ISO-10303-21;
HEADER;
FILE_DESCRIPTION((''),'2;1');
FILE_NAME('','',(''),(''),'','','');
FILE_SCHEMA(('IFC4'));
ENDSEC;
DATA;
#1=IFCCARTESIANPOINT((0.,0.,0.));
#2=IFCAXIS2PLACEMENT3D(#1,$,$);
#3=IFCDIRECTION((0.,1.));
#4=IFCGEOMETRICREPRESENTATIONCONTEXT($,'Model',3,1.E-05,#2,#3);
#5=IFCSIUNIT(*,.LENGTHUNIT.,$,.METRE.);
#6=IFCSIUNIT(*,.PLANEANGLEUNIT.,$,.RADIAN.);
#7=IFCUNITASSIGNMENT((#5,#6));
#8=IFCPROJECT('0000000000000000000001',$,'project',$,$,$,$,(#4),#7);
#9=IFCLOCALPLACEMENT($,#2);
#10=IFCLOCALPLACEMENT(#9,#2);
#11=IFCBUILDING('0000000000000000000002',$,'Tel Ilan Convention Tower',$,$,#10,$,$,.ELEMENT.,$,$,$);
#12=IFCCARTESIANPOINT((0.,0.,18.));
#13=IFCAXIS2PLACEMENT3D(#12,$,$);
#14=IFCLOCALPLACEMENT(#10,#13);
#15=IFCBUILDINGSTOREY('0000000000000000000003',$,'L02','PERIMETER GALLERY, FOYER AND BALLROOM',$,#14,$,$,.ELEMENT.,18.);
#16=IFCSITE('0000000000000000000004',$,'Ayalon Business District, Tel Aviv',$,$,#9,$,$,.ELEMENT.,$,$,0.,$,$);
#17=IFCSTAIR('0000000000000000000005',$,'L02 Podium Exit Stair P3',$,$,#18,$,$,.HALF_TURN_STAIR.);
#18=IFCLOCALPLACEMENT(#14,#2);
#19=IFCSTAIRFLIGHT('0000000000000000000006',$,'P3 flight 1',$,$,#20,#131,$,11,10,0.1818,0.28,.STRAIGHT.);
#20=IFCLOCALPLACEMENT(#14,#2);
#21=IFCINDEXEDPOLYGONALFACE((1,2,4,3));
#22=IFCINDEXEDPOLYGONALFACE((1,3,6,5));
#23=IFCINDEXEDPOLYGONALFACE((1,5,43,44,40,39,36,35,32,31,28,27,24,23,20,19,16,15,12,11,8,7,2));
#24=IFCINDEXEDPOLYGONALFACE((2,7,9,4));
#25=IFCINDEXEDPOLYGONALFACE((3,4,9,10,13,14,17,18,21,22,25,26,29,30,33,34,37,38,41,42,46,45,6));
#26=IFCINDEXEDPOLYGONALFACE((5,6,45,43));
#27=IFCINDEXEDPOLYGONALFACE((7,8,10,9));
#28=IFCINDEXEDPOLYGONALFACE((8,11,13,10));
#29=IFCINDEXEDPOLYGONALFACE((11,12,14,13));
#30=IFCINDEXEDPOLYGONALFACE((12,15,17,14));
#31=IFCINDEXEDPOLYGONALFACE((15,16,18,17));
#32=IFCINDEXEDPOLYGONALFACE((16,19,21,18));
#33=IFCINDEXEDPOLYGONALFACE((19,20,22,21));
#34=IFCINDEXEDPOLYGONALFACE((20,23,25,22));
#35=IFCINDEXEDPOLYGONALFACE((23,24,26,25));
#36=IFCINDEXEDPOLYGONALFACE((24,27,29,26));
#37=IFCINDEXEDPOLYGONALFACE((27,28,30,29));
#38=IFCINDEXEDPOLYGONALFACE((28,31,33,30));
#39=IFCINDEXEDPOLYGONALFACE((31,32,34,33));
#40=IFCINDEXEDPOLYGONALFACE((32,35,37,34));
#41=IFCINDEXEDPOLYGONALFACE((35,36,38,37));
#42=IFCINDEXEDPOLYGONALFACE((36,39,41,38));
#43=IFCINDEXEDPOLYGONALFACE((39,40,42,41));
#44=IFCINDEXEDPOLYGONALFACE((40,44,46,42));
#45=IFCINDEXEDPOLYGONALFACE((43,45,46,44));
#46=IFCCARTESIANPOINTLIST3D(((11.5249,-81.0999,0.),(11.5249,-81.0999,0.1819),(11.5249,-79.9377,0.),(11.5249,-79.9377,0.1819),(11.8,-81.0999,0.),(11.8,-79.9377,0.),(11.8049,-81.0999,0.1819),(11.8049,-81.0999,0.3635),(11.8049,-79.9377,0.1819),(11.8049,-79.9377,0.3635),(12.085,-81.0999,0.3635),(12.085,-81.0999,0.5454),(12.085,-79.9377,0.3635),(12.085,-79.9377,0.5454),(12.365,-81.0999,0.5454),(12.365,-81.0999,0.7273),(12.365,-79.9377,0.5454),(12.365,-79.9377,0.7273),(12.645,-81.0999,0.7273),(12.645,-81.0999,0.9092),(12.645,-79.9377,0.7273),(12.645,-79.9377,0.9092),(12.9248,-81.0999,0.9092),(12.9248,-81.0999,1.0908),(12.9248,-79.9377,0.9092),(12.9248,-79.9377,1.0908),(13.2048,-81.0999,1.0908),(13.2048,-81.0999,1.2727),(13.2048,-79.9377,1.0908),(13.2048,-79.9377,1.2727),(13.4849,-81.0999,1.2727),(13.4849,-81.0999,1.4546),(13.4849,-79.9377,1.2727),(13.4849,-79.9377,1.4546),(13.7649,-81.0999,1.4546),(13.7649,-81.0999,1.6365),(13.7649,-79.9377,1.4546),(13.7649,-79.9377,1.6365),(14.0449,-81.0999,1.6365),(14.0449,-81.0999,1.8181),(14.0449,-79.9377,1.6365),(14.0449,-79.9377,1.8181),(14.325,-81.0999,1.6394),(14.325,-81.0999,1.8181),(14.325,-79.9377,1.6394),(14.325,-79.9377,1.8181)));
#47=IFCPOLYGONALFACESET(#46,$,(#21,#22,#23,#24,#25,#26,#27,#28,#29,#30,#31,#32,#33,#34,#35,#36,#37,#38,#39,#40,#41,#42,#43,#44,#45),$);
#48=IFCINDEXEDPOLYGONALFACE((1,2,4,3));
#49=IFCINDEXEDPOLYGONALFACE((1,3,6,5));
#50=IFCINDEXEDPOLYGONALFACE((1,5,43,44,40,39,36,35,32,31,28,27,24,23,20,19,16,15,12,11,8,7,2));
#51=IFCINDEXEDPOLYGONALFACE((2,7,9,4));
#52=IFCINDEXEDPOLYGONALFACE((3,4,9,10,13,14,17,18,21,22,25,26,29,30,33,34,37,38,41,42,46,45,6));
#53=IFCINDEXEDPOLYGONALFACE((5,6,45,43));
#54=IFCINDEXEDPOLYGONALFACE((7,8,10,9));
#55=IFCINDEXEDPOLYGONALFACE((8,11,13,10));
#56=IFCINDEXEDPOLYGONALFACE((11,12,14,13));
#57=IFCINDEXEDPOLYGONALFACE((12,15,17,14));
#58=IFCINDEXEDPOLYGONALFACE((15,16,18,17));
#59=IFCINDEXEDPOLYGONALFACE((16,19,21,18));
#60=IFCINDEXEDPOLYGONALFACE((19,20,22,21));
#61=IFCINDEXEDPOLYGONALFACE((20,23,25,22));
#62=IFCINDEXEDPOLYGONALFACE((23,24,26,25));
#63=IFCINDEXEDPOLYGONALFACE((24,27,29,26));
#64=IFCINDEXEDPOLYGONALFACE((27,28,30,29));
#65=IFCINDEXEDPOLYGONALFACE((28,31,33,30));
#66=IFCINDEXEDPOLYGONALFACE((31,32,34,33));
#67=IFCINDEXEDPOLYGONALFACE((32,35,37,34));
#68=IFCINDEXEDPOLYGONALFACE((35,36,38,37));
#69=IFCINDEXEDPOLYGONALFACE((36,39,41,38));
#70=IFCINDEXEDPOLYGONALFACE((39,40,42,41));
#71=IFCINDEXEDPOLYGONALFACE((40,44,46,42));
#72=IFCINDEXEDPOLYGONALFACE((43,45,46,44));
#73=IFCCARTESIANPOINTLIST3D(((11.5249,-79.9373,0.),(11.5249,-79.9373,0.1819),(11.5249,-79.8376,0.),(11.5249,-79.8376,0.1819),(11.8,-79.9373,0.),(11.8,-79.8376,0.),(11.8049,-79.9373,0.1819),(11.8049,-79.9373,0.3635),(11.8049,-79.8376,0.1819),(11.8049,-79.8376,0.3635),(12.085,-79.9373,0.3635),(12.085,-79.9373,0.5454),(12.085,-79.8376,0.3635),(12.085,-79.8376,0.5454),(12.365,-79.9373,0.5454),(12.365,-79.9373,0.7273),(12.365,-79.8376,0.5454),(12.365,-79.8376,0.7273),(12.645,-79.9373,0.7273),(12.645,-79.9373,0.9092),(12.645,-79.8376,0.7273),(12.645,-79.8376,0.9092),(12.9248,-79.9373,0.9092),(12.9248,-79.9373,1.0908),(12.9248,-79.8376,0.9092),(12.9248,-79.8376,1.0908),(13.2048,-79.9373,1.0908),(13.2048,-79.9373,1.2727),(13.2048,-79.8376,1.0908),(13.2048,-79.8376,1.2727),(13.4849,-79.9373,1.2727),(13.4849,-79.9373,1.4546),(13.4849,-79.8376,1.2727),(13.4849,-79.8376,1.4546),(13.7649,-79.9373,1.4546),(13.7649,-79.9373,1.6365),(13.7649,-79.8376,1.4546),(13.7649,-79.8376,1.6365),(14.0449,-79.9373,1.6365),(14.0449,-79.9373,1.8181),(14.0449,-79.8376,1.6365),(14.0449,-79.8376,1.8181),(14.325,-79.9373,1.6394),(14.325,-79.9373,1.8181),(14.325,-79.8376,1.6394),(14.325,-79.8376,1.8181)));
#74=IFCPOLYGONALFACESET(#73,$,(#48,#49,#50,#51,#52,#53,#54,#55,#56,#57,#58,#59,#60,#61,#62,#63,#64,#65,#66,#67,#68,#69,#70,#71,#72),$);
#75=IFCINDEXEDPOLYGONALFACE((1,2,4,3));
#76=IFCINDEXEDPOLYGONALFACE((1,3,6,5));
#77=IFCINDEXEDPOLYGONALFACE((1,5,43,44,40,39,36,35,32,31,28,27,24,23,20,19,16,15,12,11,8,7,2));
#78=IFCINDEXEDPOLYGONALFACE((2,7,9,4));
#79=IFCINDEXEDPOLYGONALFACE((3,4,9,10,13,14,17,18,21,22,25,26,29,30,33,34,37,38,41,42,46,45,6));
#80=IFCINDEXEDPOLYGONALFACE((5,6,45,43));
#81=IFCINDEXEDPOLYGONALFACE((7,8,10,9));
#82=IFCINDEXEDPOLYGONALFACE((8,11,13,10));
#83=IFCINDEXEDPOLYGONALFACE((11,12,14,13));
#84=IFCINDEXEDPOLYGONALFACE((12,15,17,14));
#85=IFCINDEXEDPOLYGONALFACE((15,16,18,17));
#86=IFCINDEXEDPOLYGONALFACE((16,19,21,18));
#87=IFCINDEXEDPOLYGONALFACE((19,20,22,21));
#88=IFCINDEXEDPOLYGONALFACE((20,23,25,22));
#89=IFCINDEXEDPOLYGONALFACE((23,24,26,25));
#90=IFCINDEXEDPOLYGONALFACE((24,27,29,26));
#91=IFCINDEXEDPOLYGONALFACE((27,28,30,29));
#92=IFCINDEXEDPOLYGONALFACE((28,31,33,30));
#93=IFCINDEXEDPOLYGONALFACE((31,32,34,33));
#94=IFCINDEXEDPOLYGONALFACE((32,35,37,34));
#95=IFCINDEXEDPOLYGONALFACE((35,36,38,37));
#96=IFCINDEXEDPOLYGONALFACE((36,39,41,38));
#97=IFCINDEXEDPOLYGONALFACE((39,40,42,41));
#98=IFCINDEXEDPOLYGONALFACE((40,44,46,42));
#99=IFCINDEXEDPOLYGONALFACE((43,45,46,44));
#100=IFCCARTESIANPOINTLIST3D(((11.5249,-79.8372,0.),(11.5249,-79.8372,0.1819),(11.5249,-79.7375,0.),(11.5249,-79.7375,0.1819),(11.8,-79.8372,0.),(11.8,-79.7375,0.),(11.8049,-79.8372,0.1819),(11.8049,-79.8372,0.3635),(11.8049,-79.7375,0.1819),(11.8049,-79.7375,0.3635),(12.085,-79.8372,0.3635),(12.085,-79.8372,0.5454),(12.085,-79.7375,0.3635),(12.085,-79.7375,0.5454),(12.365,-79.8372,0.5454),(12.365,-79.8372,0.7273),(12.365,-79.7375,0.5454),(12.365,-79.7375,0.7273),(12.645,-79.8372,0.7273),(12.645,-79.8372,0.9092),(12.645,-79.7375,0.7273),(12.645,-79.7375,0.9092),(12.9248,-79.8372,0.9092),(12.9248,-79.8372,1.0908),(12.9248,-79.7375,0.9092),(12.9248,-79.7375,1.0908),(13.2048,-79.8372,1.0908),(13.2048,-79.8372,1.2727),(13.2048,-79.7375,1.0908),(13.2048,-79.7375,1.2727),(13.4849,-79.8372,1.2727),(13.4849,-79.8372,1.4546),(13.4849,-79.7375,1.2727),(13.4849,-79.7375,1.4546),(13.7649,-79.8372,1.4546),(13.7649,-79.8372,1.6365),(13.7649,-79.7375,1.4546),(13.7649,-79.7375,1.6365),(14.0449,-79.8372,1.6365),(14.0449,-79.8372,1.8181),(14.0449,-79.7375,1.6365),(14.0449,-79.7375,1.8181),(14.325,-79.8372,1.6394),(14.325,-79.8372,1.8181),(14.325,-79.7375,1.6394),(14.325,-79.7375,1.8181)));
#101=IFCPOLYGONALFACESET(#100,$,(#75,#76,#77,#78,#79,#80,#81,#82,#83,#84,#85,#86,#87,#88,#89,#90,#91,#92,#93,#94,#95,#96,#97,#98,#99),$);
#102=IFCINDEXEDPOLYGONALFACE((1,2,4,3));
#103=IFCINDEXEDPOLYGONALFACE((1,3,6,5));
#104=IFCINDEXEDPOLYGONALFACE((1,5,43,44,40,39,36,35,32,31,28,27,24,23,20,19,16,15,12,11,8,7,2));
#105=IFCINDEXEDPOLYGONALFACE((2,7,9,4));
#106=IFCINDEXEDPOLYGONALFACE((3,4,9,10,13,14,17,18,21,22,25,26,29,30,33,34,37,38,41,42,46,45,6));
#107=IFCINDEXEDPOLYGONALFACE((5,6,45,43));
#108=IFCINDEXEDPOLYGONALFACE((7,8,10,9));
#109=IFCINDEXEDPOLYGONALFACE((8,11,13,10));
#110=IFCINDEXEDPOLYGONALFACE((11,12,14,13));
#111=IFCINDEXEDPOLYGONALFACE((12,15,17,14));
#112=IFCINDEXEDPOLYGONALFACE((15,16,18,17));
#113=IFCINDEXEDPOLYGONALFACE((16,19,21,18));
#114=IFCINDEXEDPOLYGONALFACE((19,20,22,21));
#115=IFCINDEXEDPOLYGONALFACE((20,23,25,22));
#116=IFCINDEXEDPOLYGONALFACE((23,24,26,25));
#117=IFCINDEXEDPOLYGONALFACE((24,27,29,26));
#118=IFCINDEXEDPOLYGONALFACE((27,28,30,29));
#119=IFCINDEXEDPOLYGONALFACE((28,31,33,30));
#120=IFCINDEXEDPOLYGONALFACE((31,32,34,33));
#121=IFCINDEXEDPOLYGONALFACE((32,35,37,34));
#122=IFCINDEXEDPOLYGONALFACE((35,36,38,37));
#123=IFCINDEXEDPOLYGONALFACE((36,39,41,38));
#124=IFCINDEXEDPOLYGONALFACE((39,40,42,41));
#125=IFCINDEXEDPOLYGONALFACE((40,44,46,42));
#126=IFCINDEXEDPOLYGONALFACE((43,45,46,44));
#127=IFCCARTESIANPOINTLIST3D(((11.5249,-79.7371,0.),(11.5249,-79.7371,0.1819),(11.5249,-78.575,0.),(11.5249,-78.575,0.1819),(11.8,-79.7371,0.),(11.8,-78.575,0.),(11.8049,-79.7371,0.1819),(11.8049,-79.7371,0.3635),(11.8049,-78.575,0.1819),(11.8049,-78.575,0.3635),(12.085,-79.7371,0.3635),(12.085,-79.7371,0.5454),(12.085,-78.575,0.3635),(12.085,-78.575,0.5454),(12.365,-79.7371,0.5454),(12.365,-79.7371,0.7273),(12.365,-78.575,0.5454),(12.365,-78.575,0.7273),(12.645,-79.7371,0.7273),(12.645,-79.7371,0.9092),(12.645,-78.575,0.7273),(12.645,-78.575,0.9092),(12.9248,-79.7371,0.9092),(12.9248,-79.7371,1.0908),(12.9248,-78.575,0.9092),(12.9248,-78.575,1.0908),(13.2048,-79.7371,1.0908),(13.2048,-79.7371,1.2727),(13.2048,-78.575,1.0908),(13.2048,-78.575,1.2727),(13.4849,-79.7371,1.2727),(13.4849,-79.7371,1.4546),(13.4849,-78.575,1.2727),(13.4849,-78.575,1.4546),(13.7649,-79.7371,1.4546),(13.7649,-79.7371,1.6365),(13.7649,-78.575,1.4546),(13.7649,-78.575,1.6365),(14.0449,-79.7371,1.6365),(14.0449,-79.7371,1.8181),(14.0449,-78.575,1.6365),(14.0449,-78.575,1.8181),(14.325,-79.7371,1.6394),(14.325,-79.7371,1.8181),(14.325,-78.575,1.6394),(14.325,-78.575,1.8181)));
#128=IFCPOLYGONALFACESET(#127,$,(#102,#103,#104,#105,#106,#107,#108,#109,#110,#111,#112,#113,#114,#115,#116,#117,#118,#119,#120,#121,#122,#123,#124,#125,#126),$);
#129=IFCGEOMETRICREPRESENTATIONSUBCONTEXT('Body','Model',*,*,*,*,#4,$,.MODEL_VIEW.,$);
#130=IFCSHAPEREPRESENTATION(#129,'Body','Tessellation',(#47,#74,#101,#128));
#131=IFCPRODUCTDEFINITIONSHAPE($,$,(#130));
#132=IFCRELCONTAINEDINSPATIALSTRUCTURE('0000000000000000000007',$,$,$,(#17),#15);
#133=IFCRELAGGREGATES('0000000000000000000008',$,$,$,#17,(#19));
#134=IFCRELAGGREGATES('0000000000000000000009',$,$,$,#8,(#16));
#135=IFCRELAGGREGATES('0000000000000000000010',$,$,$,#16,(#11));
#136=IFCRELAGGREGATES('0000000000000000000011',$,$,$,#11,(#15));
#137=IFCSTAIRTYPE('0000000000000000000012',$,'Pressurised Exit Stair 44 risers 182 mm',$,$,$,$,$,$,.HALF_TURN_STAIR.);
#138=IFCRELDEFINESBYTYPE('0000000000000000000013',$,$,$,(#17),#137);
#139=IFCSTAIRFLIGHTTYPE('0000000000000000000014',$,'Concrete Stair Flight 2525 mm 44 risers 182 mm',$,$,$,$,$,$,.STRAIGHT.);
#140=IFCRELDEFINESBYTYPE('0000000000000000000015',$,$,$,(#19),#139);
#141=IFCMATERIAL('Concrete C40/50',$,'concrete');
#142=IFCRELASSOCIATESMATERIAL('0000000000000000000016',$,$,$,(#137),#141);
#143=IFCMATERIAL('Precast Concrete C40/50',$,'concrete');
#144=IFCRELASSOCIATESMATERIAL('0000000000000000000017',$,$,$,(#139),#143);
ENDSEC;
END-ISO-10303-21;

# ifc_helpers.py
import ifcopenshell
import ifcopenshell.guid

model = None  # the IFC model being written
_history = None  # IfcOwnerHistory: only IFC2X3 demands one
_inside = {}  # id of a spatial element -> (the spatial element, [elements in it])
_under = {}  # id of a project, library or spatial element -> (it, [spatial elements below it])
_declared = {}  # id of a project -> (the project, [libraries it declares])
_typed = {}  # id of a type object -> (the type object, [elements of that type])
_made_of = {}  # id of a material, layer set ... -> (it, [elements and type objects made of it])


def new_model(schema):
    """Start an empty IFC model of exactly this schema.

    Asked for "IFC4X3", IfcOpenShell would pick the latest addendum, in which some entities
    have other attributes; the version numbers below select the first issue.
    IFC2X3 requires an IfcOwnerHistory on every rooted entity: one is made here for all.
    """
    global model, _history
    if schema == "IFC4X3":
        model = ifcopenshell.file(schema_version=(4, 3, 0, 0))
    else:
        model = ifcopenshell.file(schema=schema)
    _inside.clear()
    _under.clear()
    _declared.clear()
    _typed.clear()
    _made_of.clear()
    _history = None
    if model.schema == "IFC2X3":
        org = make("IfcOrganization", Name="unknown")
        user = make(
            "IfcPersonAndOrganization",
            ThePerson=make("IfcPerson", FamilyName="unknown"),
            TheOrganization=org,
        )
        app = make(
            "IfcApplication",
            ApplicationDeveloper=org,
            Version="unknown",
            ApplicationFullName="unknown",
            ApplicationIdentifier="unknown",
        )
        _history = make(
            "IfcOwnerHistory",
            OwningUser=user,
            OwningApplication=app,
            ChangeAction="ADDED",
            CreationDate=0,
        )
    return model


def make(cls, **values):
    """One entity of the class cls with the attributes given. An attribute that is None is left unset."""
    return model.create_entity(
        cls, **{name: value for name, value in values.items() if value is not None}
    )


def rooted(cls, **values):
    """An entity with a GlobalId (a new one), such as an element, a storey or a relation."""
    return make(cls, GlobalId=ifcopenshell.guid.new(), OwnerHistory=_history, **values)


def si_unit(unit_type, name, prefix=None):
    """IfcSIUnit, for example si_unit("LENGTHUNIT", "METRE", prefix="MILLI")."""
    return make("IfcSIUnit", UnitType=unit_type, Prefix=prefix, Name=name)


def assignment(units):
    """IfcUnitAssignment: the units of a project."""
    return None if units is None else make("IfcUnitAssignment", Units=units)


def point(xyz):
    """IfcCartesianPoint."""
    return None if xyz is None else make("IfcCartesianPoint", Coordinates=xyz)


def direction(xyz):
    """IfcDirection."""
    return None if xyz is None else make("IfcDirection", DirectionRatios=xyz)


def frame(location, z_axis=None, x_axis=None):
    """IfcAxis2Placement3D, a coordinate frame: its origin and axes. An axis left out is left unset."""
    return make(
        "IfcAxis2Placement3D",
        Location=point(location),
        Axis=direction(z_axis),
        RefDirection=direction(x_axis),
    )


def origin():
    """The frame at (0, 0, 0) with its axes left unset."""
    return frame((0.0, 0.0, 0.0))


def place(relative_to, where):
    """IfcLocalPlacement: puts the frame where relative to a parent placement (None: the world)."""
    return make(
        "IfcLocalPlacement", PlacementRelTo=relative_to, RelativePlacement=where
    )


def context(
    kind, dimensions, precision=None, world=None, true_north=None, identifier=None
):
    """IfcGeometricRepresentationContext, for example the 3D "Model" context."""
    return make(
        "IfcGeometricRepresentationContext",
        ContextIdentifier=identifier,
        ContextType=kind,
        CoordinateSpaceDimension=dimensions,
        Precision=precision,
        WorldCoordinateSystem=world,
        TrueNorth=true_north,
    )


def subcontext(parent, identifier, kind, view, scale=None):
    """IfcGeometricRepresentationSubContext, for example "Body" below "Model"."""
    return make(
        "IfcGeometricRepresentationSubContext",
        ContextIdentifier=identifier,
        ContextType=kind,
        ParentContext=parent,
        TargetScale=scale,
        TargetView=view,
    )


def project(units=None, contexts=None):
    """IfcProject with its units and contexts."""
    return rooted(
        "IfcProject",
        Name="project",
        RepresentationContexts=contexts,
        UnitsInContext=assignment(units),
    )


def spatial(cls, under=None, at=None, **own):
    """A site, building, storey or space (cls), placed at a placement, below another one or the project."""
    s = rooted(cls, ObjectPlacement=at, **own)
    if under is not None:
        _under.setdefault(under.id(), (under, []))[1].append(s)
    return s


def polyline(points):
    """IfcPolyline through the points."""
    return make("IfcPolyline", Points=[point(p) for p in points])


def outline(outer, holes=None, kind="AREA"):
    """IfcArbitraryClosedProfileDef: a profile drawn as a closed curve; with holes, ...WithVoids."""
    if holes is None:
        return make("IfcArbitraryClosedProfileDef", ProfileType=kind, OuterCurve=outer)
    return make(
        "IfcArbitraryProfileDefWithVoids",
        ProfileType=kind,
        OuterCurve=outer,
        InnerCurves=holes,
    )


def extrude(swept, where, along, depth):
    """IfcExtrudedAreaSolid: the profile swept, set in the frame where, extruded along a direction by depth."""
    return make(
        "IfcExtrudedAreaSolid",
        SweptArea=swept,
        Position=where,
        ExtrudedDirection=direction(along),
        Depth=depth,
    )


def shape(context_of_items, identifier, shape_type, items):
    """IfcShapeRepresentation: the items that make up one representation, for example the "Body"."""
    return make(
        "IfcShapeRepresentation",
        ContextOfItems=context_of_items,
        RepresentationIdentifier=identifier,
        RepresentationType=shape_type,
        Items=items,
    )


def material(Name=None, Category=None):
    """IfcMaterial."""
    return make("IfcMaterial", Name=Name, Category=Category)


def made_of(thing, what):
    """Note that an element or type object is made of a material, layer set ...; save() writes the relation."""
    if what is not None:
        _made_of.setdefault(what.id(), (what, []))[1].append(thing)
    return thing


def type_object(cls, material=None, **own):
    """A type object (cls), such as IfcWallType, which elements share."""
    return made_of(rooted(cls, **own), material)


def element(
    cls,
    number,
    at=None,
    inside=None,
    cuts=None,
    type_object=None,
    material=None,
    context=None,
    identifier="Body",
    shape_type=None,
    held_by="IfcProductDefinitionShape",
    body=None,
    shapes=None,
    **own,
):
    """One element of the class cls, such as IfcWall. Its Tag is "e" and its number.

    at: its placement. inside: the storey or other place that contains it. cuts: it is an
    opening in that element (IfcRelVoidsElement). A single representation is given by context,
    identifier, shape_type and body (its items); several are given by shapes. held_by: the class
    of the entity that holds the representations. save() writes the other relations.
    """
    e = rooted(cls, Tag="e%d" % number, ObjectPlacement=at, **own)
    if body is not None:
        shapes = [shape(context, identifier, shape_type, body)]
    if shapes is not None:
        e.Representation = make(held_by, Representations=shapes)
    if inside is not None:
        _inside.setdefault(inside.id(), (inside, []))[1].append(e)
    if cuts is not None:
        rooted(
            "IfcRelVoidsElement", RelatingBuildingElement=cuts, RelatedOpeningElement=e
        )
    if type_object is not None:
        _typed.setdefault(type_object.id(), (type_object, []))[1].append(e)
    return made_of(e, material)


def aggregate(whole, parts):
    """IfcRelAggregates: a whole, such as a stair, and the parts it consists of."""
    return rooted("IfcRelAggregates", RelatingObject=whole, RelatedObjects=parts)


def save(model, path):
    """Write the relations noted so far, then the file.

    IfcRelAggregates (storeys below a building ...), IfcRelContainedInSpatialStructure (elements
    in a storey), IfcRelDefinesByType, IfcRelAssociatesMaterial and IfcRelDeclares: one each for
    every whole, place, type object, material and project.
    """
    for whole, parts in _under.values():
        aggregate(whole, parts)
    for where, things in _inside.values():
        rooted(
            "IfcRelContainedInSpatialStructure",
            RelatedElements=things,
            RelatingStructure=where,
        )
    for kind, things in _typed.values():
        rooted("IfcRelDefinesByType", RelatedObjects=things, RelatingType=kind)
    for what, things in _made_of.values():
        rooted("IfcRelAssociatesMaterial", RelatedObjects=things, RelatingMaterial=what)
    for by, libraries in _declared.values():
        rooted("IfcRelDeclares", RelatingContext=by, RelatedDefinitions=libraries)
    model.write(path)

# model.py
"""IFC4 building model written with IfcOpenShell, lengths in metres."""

from ifc_helpers import new_model, si_unit, direction, frame, origin, place, context, subcontext, project, spatial, polyline, outline, extrude, material, type_object, element, aggregate, save


model = new_model("IFC4")

# Units and contexts
model_context = context("Model", 3, precision=1e-05, world=origin(), true_north=direction((0.0, 1.0)))
body_context = subcontext(model_context, "Body", "Model", "MODEL_VIEW")
ifc_project = project(units=[si_unit("LENGTHUNIT", "METRE"), si_unit("PLANEANGLEUNIT", "RADIAN")], contexts=[model_context])

# Site, building, storey
site_placement = place(None, origin())
site = spatial("IfcSite", under=ifc_project, at=site_placement, Name="Ayalon Business District, Tel Aviv", CompositionType="ELEMENT", RefElevation=0.0)
building_placement = place(site_placement, origin())
building = spatial("IfcBuilding", under=site, at=building_placement, Name="Tel Ilan Convention Tower", CompositionType="ELEMENT")
storey_placement = place(building_placement, frame((0.0, 0.0, 18.0)))
storey = spatial("IfcBuildingStorey", under=building, at=storey_placement, Name="L02", Description="PERIMETER GALLERY, FOYER AND BALLROOM", CompositionType="ELEMENT", Elevation=18.0)

# Stair, stair flight
ifc_material_1 = material(Name="Concrete C40/50", Category="concrete")
stair_type = type_object("IfcStairType", Name="Pressurised Exit Stair 44 risers 182 mm", PredefinedType="HALF_TURN_STAIR", material=ifc_material_1)
stair_placement = place(storey_placement, origin())
stair = element("IfcStair", 1, at=stair_placement, inside=storey, type_object=stair_type, Name="L02 Podium Exit Stair P3", PredefinedType="HALF_TURN_STAIR")
ifc_material_2 = material(Name="Precast Concrete C40/50", Category="concrete")
stair_flight_type = type_object("IfcStairFlightType", Name="Concrete Stair Flight 2525 mm 44 risers 182 mm", PredefinedType="STRAIGHT", material=ifc_material_2)
stair_flight_placement = place(storey_placement, frame((11.5249, -79.8374, 0.0), z_axis=(0.0, 0.0, 1.0), x_axis=(1.0, 0.0, 0.0)))
stair_flight = element("IfcStairFlight", 2, at=stair_flight_placement, type_object=stair_flight_type, Name="P3 flight 1", NumberOfRisers=11, NumberOfTreads=10, PredefinedType="STRAIGHT", RiserHeight=0.1818, TreadLength=0.28, context=body_context, shape_type="SweptSolid", body=[
    extrude(outline(polyline([(0.0, 0.0), (0.0, 0.1819), (0.28, 0.1819), (0.28, 0.3635), (0.5601, 0.3635), (0.5601, 0.5454), (0.8401, 0.5454), (0.8401, 0.7273), (1.1201, 0.7273), (1.1201, 0.9092), (1.3999, 0.9092), (1.3999, 1.0908), (1.6799, 1.0908), (1.6799, 1.2727), (1.96, 1.2727), (1.96, 1.4546), (2.24, 1.4546), (2.24, 1.6365), (2.52, 1.6365), (2.52, 1.8181), (2.8, 1.8181), (2.8, 2.0), (2.8, 1.6394), (0.2751, 0.0), (0.0, 0.0)])), frame((0.0, -0.1003, 0.0), z_axis=(0.0, -1.0, 0.0), x_axis=(1.0, 0.0, 0.0)), (0.0, 0.0, 1.0), 1.1621),
    extrude(outline(polyline([(0.0, 0.0), (0.0, 0.1819), (0.28, 0.1819), (0.28, 0.3635), (0.5601, 0.3635), (0.5601, 0.5454), (0.8401, 0.5454), (0.8401, 0.7273), (1.1201, 0.7273), (1.1201, 0.9092), (1.3999, 0.9092), (1.3999, 1.0908), (1.6799, 1.0908), (1.6799, 1.2727), (1.96, 1.2727), (1.96, 1.4546), (2.24, 1.4546), (2.24, 1.6365), (2.52, 1.6365), (2.52, 1.8181), (2.8, 1.8181), (2.8, 2.0), (2.8, 1.6394), (0.2751, 0.0), (0.0, 0.0)])), frame((0.0, -0.0002, 0.0), z_axis=(0.0, -1.0, 0.0), x_axis=(1.0, 0.0, 0.0)), (0.0, 0.0, 1.0), 0.0996),
    extrude(outline(polyline([(0.0, 0.0), (0.0, 0.1819), (0.28, 0.1819), (0.28, 0.3635), (0.5601, 0.3635), (0.5601, 0.5454), (0.8401, 0.5454), (0.8401, 0.7273), (1.1201, 0.7273), (1.1201, 0.9092), (1.3999, 0.9092), (1.3999, 1.0908), (1.6799, 1.0908), (1.6799, 1.2727), (1.96, 1.2727), (1.96, 1.4546), (2.24, 1.4546), (2.24, 1.6365), (2.52, 1.6365), (2.52, 1.8181), (2.8, 1.8181), (2.8, 2.0), (2.8, 1.6394), (0.2751, 0.0), (0.0, 0.0)])), frame((0.0, 0.0999, 0.0), z_axis=(0.0, -1.0, 0.0), x_axis=(1.0, 0.0, 0.0)), (0.0, 0.0, 1.0), 0.0996),
    extrude(outline(polyline([(0.0, 0.0), (0.0, 0.1819), (0.28, 0.1819), (0.28, 0.3635), (0.5601, 0.3635), (0.5601, 0.5454), (0.8401, 0.5454), (0.8401, 0.7273), (1.1201, 0.7273), (1.1201, 0.9092), (1.3999, 0.9092), (1.3999, 1.0908), (1.6799, 1.0908), (1.6799, 1.2727), (1.96, 1.2727), (1.96, 1.4546), (2.24, 1.4546), (2.24, 1.6365), (2.52, 1.6365), (2.52, 1.8181), (2.8, 1.8181), (2.8, 2.0), (2.8, 1.6394), (0.2751, 0.0), (0.0, 0.0)])), frame((0.0, 1.2625, 0.0), z_axis=(0.0, -1.0, 0.0), x_axis=(1.0, 0.0, 0.0)), (0.0, 0.0, 1.0), 1.1621),
])
aggregate(stair, [stair_flight])

save(model, "model.ifc")
